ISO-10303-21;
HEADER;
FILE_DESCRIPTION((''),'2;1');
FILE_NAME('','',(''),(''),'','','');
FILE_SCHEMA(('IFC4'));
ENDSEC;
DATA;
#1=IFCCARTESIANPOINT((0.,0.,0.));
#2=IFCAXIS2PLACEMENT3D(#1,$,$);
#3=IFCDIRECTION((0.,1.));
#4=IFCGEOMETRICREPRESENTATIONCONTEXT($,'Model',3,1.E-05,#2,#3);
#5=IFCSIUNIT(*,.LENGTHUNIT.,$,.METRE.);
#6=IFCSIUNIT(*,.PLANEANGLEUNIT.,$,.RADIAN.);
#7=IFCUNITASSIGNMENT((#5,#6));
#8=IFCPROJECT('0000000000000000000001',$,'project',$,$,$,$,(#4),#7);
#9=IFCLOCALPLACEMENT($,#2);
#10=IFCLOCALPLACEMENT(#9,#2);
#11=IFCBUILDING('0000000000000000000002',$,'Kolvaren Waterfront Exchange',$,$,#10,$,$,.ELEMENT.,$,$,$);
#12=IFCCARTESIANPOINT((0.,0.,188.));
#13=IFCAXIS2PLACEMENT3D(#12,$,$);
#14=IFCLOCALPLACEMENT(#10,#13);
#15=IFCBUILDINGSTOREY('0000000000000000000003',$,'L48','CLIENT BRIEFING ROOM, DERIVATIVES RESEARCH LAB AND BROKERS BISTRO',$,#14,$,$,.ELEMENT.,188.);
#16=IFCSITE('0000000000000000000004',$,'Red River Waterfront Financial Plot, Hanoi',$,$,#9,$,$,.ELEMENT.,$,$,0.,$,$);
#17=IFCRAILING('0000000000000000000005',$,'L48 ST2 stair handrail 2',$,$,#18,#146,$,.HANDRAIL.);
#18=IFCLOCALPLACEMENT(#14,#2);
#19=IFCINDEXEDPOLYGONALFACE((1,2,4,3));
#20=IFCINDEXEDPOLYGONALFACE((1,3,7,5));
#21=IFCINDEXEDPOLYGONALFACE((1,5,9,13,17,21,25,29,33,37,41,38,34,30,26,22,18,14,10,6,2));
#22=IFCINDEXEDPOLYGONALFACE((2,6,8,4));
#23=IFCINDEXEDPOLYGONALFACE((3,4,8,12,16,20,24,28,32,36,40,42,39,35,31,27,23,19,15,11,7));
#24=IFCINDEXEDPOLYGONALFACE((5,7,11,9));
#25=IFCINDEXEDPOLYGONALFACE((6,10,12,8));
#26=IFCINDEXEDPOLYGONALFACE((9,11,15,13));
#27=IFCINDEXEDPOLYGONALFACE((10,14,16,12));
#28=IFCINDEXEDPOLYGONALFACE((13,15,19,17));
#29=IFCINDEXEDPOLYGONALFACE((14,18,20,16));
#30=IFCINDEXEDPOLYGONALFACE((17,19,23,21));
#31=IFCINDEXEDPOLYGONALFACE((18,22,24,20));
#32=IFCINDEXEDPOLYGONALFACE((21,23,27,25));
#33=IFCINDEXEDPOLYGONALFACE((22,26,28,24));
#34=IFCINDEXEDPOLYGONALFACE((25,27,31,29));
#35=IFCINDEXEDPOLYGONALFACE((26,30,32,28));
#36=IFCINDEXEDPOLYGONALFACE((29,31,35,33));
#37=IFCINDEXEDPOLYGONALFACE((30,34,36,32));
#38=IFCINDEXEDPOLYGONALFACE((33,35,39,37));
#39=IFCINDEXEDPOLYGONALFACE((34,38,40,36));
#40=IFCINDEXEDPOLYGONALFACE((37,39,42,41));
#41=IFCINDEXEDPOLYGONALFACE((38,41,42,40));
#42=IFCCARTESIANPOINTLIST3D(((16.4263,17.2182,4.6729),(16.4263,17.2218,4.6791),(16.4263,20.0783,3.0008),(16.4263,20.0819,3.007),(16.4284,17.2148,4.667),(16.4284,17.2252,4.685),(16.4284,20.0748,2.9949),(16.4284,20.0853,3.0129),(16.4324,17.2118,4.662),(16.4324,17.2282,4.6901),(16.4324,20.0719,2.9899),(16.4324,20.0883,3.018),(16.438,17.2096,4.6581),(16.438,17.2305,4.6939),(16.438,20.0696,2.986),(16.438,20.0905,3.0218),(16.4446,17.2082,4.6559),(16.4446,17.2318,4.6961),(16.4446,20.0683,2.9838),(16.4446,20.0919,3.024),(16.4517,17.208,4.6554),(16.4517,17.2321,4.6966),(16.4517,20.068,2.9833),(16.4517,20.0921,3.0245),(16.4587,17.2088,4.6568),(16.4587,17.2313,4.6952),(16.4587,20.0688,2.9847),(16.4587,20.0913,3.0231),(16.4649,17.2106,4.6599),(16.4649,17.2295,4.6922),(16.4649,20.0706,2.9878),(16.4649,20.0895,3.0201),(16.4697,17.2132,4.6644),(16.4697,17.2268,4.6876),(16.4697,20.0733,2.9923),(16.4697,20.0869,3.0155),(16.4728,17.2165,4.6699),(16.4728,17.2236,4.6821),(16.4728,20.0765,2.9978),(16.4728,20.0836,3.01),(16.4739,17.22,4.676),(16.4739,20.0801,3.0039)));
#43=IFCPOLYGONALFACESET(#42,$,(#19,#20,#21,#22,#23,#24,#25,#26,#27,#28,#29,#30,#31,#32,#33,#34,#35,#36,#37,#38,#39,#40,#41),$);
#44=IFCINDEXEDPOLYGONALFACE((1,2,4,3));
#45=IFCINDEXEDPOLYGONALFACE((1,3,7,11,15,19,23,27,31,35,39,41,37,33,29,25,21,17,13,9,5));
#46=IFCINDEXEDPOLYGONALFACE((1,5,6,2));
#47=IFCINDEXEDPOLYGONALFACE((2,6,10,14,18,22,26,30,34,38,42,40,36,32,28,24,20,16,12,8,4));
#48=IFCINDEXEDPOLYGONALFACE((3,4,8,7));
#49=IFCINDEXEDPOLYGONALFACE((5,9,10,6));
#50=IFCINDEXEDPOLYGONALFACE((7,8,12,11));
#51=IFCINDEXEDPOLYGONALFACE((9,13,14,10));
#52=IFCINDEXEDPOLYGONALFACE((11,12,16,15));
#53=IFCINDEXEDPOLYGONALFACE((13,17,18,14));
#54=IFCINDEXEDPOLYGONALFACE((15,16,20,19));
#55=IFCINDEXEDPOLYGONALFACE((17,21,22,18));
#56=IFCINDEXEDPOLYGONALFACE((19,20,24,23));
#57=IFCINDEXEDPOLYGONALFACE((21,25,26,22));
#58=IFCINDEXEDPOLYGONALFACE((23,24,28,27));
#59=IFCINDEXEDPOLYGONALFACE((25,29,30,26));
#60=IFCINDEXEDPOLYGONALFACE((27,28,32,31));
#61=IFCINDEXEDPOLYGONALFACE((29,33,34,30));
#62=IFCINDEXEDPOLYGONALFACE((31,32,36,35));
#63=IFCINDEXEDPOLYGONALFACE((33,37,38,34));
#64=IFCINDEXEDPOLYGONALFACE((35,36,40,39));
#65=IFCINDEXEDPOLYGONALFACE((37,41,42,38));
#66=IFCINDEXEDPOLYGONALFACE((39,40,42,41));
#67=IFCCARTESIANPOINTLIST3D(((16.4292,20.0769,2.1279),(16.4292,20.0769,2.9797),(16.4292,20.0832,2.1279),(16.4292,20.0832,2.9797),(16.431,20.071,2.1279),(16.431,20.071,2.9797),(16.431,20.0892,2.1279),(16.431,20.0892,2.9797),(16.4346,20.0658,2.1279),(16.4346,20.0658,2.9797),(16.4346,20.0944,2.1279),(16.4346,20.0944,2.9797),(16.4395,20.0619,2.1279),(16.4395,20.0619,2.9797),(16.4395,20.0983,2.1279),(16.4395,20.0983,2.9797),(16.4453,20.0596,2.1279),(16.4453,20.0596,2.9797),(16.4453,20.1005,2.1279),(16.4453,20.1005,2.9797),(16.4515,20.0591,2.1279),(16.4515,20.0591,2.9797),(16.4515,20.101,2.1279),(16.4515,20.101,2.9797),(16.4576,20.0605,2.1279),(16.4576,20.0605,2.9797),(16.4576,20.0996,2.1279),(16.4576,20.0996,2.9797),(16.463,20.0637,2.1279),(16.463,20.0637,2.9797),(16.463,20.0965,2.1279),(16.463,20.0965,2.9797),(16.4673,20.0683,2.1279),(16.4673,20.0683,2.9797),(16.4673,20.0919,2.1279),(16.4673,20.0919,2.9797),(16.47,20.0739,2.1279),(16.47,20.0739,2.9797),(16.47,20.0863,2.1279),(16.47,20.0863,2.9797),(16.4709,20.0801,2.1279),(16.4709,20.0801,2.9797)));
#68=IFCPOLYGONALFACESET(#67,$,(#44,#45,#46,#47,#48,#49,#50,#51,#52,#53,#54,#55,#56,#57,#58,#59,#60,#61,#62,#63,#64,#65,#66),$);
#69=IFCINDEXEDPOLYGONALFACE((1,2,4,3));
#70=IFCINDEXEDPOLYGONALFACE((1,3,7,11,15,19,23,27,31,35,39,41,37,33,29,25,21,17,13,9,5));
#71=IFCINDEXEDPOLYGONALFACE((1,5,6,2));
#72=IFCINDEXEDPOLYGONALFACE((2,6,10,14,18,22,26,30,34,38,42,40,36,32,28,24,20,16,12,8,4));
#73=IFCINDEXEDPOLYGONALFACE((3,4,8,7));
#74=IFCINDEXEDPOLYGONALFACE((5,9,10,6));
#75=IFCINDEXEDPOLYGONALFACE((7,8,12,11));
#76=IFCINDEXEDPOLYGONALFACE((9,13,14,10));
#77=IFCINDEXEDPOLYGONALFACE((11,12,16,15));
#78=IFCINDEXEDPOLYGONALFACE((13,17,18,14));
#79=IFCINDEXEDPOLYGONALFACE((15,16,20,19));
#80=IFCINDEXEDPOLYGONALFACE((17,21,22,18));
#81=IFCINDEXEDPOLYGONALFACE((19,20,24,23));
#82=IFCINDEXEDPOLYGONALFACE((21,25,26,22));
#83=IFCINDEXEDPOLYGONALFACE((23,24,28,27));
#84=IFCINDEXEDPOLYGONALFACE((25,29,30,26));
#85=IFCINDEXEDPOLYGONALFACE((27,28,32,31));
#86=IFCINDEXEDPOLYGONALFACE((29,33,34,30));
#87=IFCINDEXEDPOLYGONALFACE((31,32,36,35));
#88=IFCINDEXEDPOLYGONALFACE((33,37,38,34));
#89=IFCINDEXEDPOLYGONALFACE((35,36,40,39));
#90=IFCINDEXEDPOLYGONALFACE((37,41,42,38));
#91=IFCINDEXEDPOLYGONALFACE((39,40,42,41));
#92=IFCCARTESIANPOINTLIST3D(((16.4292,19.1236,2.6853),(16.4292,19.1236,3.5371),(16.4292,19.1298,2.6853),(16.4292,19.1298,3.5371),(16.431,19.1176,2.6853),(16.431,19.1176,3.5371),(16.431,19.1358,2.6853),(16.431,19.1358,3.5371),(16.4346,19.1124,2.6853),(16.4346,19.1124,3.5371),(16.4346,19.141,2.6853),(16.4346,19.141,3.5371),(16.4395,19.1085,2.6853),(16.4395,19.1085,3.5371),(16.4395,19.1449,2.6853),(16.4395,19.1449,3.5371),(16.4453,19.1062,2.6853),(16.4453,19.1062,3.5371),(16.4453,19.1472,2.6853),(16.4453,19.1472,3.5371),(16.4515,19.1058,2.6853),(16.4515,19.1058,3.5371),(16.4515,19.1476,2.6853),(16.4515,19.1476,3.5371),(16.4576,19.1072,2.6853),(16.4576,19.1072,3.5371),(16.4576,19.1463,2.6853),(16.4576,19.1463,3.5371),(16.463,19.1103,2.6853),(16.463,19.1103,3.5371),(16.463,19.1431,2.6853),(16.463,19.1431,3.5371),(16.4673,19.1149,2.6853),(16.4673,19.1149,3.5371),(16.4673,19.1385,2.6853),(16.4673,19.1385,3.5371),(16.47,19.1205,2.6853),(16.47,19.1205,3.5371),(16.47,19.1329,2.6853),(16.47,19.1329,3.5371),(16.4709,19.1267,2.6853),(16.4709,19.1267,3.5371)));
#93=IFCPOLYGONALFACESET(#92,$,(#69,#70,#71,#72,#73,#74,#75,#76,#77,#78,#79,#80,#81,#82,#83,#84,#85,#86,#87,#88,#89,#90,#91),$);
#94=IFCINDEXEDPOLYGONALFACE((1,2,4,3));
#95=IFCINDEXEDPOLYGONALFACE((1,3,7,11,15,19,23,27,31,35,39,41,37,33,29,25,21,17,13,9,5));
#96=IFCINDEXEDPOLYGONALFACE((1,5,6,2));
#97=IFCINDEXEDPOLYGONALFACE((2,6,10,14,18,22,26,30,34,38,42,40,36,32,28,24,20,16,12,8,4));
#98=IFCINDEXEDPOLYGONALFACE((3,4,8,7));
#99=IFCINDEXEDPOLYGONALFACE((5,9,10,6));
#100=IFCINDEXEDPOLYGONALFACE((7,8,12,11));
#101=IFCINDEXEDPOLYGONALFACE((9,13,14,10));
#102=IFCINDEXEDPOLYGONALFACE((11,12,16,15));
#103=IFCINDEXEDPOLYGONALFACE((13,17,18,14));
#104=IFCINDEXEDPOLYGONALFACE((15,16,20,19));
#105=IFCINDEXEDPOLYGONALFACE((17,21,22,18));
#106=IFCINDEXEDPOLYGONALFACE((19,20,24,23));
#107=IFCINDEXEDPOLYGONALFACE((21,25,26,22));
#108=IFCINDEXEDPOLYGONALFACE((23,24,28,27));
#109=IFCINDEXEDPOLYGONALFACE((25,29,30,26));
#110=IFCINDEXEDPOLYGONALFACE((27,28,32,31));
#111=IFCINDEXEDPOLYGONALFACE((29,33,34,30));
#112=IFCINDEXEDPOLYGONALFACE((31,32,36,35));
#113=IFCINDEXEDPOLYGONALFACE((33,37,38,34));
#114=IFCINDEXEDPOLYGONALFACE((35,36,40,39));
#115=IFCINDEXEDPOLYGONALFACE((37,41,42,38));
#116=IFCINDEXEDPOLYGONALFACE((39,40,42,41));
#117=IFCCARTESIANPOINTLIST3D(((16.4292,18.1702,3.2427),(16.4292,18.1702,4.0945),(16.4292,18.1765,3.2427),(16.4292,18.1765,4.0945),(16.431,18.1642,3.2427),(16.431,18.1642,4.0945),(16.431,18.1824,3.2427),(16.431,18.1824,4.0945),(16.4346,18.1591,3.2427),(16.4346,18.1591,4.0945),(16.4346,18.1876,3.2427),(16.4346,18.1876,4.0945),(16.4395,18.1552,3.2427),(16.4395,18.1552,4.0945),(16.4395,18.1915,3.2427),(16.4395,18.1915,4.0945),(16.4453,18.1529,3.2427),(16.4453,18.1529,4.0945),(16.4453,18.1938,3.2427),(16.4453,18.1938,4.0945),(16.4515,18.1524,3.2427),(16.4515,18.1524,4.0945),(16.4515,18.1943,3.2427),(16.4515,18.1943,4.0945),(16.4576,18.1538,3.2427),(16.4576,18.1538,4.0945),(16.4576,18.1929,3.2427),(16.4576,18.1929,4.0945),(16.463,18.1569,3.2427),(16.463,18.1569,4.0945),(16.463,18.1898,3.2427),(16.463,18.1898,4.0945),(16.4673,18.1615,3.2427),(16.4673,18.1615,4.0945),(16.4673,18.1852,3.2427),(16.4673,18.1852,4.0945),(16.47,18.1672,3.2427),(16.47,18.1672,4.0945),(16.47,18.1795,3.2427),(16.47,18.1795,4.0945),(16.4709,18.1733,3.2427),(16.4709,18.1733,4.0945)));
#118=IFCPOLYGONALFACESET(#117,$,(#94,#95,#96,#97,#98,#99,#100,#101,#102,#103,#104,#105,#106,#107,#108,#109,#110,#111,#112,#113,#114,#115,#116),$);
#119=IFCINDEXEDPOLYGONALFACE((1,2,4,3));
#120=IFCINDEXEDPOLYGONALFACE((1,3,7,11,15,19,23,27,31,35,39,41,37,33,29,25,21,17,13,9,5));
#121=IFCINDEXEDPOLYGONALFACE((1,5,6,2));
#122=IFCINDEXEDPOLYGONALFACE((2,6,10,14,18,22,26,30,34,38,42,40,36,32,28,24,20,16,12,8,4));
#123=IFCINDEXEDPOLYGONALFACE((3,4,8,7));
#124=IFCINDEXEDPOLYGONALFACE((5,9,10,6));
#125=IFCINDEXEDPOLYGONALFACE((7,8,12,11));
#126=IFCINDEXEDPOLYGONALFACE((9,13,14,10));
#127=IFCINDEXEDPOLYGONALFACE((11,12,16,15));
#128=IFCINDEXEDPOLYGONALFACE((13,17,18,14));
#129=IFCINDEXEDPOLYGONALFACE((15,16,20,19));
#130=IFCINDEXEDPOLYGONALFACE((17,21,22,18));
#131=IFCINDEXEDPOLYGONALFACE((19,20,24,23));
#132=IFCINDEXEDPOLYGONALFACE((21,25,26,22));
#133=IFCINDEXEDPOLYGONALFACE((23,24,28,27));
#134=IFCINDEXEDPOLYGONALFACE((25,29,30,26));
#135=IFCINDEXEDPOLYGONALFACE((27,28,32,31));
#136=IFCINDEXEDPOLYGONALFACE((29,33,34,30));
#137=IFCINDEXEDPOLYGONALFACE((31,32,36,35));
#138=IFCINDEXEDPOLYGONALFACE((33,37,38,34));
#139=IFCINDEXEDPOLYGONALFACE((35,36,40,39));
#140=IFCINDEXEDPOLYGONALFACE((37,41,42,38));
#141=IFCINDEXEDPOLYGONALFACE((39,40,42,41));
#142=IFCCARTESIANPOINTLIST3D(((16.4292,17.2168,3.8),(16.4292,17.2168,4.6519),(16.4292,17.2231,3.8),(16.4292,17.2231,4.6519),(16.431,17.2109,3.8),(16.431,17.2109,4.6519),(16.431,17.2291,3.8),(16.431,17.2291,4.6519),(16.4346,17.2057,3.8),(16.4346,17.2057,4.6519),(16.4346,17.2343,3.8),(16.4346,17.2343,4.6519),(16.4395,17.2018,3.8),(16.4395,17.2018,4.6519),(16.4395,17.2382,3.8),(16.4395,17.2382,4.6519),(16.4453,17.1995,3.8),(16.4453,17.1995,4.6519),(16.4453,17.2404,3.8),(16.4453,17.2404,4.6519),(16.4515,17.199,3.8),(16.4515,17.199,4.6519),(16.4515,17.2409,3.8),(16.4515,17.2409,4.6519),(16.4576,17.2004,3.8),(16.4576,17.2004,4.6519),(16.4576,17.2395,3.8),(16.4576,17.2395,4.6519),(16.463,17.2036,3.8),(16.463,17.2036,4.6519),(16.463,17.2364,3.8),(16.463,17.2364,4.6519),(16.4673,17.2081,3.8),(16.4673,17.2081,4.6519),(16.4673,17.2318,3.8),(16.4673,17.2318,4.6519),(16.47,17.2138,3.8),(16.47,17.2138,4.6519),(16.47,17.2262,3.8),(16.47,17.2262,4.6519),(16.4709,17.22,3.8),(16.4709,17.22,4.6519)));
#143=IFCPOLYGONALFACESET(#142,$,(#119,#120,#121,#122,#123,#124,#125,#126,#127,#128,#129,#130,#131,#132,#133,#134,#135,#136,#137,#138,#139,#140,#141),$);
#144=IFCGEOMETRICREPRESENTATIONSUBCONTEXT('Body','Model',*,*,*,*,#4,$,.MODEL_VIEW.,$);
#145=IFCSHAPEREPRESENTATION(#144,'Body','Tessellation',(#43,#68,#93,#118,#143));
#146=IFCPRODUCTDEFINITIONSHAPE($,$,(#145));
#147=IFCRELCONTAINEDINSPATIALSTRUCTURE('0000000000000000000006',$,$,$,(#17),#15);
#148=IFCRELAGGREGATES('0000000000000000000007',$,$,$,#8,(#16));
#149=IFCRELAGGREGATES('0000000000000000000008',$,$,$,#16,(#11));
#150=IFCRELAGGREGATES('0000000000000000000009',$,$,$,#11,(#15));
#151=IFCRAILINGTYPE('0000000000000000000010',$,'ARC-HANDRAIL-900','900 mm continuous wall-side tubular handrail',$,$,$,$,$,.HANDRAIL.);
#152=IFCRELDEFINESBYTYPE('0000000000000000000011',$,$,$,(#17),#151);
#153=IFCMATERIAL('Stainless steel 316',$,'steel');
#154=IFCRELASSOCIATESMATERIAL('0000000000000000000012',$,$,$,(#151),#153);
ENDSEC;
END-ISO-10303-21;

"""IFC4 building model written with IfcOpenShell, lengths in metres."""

from ifc_helpers import new_model, si_unit, direction, frame, origin, origin_2d, place, context, subcontext, project, spatial, circle, extrude, material, type_object, element, save


model = new_model("IFC4")

# Units and contexts
model_context = context("Model", 3, precision=1e-05, world=origin(), true_north=direction((0.0, 1.0)))
body_context = subcontext(model_context, "Body", "Model", "MODEL_VIEW")
ifc_project = project(units=[si_unit("LENGTHUNIT", "METRE"), si_unit("PLANEANGLEUNIT", "RADIAN")], contexts=[model_context])

# Site, building, storey
site_placement = place(None, origin())
site = spatial("IfcSite", under=ifc_project, at=site_placement, Name="Red River Waterfront Financial Plot, Hanoi", CompositionType="ELEMENT", RefElevation=0.0)
building_placement = place(site_placement, origin())
building = spatial("IfcBuilding", under=site, at=building_placement, Name="Kolvaren Waterfront Exchange", CompositionType="ELEMENT")
storey_placement = place(building_placement, frame((0.0, 0.0, 188.0)))
storey = spatial("IfcBuildingStorey", under=building, at=storey_placement, Name="L48", Description="CLIENT BRIEFING ROOM, DERIVATIVES RESEARCH LAB AND BROKERS BISTRO", CompositionType="ELEMENT", Elevation=188.0)

# Railing
ifc_material_1 = material(Name="Stainless steel 316", Category="steel")
railing_type_1 = type_object("IfcRailingType", Name="ARC-HANDRAIL-900", Description="900 mm continuous wall-side tubular handrail", PredefinedType="HANDRAIL", material=ifc_material_1)
railing_1_placement = place(storey_placement, frame((16.45, 20.0801, 2.1279)))
element("IfcRailing", 1, at=railing_1_placement, inside=storey, type_object=railing_type_1, Name="L48 ST2 stair handrail 2", PredefinedType="HANDRAIL", context=body_context, shape_type="SweptSolid", body=[
    extrude(circle(Radius=0.0239, at=origin_2d()), frame((0.0, 0.0, 0.876), z_axis=(0.0, -0.863289, 0.504709), x_axis=(1.0, 0.0, 0.0)), (0.0, 0.0, 1.0), 3.313),
    extrude(circle(Radius=0.021, at=origin_2d()), origin(), (0.0, 0.0, 1.0), 0.8518),
    extrude(circle(Radius=0.021, at=origin_2d()), frame((0.0, -0.9534, 0.5574)), (0.0, 0.0, 1.0), 0.8518),
    extrude(circle(Radius=0.021, at=origin_2d()), frame((0.0, -1.9067, 1.1147)), (0.0, 0.0, 1.0), 0.8518),
    extrude(circle(Radius=0.021, at=origin_2d()), frame((0.0, -2.8601, 1.6721)), (0.0, 0.0, 1.0), 0.8518),
])

save(model, "model.ifc")
